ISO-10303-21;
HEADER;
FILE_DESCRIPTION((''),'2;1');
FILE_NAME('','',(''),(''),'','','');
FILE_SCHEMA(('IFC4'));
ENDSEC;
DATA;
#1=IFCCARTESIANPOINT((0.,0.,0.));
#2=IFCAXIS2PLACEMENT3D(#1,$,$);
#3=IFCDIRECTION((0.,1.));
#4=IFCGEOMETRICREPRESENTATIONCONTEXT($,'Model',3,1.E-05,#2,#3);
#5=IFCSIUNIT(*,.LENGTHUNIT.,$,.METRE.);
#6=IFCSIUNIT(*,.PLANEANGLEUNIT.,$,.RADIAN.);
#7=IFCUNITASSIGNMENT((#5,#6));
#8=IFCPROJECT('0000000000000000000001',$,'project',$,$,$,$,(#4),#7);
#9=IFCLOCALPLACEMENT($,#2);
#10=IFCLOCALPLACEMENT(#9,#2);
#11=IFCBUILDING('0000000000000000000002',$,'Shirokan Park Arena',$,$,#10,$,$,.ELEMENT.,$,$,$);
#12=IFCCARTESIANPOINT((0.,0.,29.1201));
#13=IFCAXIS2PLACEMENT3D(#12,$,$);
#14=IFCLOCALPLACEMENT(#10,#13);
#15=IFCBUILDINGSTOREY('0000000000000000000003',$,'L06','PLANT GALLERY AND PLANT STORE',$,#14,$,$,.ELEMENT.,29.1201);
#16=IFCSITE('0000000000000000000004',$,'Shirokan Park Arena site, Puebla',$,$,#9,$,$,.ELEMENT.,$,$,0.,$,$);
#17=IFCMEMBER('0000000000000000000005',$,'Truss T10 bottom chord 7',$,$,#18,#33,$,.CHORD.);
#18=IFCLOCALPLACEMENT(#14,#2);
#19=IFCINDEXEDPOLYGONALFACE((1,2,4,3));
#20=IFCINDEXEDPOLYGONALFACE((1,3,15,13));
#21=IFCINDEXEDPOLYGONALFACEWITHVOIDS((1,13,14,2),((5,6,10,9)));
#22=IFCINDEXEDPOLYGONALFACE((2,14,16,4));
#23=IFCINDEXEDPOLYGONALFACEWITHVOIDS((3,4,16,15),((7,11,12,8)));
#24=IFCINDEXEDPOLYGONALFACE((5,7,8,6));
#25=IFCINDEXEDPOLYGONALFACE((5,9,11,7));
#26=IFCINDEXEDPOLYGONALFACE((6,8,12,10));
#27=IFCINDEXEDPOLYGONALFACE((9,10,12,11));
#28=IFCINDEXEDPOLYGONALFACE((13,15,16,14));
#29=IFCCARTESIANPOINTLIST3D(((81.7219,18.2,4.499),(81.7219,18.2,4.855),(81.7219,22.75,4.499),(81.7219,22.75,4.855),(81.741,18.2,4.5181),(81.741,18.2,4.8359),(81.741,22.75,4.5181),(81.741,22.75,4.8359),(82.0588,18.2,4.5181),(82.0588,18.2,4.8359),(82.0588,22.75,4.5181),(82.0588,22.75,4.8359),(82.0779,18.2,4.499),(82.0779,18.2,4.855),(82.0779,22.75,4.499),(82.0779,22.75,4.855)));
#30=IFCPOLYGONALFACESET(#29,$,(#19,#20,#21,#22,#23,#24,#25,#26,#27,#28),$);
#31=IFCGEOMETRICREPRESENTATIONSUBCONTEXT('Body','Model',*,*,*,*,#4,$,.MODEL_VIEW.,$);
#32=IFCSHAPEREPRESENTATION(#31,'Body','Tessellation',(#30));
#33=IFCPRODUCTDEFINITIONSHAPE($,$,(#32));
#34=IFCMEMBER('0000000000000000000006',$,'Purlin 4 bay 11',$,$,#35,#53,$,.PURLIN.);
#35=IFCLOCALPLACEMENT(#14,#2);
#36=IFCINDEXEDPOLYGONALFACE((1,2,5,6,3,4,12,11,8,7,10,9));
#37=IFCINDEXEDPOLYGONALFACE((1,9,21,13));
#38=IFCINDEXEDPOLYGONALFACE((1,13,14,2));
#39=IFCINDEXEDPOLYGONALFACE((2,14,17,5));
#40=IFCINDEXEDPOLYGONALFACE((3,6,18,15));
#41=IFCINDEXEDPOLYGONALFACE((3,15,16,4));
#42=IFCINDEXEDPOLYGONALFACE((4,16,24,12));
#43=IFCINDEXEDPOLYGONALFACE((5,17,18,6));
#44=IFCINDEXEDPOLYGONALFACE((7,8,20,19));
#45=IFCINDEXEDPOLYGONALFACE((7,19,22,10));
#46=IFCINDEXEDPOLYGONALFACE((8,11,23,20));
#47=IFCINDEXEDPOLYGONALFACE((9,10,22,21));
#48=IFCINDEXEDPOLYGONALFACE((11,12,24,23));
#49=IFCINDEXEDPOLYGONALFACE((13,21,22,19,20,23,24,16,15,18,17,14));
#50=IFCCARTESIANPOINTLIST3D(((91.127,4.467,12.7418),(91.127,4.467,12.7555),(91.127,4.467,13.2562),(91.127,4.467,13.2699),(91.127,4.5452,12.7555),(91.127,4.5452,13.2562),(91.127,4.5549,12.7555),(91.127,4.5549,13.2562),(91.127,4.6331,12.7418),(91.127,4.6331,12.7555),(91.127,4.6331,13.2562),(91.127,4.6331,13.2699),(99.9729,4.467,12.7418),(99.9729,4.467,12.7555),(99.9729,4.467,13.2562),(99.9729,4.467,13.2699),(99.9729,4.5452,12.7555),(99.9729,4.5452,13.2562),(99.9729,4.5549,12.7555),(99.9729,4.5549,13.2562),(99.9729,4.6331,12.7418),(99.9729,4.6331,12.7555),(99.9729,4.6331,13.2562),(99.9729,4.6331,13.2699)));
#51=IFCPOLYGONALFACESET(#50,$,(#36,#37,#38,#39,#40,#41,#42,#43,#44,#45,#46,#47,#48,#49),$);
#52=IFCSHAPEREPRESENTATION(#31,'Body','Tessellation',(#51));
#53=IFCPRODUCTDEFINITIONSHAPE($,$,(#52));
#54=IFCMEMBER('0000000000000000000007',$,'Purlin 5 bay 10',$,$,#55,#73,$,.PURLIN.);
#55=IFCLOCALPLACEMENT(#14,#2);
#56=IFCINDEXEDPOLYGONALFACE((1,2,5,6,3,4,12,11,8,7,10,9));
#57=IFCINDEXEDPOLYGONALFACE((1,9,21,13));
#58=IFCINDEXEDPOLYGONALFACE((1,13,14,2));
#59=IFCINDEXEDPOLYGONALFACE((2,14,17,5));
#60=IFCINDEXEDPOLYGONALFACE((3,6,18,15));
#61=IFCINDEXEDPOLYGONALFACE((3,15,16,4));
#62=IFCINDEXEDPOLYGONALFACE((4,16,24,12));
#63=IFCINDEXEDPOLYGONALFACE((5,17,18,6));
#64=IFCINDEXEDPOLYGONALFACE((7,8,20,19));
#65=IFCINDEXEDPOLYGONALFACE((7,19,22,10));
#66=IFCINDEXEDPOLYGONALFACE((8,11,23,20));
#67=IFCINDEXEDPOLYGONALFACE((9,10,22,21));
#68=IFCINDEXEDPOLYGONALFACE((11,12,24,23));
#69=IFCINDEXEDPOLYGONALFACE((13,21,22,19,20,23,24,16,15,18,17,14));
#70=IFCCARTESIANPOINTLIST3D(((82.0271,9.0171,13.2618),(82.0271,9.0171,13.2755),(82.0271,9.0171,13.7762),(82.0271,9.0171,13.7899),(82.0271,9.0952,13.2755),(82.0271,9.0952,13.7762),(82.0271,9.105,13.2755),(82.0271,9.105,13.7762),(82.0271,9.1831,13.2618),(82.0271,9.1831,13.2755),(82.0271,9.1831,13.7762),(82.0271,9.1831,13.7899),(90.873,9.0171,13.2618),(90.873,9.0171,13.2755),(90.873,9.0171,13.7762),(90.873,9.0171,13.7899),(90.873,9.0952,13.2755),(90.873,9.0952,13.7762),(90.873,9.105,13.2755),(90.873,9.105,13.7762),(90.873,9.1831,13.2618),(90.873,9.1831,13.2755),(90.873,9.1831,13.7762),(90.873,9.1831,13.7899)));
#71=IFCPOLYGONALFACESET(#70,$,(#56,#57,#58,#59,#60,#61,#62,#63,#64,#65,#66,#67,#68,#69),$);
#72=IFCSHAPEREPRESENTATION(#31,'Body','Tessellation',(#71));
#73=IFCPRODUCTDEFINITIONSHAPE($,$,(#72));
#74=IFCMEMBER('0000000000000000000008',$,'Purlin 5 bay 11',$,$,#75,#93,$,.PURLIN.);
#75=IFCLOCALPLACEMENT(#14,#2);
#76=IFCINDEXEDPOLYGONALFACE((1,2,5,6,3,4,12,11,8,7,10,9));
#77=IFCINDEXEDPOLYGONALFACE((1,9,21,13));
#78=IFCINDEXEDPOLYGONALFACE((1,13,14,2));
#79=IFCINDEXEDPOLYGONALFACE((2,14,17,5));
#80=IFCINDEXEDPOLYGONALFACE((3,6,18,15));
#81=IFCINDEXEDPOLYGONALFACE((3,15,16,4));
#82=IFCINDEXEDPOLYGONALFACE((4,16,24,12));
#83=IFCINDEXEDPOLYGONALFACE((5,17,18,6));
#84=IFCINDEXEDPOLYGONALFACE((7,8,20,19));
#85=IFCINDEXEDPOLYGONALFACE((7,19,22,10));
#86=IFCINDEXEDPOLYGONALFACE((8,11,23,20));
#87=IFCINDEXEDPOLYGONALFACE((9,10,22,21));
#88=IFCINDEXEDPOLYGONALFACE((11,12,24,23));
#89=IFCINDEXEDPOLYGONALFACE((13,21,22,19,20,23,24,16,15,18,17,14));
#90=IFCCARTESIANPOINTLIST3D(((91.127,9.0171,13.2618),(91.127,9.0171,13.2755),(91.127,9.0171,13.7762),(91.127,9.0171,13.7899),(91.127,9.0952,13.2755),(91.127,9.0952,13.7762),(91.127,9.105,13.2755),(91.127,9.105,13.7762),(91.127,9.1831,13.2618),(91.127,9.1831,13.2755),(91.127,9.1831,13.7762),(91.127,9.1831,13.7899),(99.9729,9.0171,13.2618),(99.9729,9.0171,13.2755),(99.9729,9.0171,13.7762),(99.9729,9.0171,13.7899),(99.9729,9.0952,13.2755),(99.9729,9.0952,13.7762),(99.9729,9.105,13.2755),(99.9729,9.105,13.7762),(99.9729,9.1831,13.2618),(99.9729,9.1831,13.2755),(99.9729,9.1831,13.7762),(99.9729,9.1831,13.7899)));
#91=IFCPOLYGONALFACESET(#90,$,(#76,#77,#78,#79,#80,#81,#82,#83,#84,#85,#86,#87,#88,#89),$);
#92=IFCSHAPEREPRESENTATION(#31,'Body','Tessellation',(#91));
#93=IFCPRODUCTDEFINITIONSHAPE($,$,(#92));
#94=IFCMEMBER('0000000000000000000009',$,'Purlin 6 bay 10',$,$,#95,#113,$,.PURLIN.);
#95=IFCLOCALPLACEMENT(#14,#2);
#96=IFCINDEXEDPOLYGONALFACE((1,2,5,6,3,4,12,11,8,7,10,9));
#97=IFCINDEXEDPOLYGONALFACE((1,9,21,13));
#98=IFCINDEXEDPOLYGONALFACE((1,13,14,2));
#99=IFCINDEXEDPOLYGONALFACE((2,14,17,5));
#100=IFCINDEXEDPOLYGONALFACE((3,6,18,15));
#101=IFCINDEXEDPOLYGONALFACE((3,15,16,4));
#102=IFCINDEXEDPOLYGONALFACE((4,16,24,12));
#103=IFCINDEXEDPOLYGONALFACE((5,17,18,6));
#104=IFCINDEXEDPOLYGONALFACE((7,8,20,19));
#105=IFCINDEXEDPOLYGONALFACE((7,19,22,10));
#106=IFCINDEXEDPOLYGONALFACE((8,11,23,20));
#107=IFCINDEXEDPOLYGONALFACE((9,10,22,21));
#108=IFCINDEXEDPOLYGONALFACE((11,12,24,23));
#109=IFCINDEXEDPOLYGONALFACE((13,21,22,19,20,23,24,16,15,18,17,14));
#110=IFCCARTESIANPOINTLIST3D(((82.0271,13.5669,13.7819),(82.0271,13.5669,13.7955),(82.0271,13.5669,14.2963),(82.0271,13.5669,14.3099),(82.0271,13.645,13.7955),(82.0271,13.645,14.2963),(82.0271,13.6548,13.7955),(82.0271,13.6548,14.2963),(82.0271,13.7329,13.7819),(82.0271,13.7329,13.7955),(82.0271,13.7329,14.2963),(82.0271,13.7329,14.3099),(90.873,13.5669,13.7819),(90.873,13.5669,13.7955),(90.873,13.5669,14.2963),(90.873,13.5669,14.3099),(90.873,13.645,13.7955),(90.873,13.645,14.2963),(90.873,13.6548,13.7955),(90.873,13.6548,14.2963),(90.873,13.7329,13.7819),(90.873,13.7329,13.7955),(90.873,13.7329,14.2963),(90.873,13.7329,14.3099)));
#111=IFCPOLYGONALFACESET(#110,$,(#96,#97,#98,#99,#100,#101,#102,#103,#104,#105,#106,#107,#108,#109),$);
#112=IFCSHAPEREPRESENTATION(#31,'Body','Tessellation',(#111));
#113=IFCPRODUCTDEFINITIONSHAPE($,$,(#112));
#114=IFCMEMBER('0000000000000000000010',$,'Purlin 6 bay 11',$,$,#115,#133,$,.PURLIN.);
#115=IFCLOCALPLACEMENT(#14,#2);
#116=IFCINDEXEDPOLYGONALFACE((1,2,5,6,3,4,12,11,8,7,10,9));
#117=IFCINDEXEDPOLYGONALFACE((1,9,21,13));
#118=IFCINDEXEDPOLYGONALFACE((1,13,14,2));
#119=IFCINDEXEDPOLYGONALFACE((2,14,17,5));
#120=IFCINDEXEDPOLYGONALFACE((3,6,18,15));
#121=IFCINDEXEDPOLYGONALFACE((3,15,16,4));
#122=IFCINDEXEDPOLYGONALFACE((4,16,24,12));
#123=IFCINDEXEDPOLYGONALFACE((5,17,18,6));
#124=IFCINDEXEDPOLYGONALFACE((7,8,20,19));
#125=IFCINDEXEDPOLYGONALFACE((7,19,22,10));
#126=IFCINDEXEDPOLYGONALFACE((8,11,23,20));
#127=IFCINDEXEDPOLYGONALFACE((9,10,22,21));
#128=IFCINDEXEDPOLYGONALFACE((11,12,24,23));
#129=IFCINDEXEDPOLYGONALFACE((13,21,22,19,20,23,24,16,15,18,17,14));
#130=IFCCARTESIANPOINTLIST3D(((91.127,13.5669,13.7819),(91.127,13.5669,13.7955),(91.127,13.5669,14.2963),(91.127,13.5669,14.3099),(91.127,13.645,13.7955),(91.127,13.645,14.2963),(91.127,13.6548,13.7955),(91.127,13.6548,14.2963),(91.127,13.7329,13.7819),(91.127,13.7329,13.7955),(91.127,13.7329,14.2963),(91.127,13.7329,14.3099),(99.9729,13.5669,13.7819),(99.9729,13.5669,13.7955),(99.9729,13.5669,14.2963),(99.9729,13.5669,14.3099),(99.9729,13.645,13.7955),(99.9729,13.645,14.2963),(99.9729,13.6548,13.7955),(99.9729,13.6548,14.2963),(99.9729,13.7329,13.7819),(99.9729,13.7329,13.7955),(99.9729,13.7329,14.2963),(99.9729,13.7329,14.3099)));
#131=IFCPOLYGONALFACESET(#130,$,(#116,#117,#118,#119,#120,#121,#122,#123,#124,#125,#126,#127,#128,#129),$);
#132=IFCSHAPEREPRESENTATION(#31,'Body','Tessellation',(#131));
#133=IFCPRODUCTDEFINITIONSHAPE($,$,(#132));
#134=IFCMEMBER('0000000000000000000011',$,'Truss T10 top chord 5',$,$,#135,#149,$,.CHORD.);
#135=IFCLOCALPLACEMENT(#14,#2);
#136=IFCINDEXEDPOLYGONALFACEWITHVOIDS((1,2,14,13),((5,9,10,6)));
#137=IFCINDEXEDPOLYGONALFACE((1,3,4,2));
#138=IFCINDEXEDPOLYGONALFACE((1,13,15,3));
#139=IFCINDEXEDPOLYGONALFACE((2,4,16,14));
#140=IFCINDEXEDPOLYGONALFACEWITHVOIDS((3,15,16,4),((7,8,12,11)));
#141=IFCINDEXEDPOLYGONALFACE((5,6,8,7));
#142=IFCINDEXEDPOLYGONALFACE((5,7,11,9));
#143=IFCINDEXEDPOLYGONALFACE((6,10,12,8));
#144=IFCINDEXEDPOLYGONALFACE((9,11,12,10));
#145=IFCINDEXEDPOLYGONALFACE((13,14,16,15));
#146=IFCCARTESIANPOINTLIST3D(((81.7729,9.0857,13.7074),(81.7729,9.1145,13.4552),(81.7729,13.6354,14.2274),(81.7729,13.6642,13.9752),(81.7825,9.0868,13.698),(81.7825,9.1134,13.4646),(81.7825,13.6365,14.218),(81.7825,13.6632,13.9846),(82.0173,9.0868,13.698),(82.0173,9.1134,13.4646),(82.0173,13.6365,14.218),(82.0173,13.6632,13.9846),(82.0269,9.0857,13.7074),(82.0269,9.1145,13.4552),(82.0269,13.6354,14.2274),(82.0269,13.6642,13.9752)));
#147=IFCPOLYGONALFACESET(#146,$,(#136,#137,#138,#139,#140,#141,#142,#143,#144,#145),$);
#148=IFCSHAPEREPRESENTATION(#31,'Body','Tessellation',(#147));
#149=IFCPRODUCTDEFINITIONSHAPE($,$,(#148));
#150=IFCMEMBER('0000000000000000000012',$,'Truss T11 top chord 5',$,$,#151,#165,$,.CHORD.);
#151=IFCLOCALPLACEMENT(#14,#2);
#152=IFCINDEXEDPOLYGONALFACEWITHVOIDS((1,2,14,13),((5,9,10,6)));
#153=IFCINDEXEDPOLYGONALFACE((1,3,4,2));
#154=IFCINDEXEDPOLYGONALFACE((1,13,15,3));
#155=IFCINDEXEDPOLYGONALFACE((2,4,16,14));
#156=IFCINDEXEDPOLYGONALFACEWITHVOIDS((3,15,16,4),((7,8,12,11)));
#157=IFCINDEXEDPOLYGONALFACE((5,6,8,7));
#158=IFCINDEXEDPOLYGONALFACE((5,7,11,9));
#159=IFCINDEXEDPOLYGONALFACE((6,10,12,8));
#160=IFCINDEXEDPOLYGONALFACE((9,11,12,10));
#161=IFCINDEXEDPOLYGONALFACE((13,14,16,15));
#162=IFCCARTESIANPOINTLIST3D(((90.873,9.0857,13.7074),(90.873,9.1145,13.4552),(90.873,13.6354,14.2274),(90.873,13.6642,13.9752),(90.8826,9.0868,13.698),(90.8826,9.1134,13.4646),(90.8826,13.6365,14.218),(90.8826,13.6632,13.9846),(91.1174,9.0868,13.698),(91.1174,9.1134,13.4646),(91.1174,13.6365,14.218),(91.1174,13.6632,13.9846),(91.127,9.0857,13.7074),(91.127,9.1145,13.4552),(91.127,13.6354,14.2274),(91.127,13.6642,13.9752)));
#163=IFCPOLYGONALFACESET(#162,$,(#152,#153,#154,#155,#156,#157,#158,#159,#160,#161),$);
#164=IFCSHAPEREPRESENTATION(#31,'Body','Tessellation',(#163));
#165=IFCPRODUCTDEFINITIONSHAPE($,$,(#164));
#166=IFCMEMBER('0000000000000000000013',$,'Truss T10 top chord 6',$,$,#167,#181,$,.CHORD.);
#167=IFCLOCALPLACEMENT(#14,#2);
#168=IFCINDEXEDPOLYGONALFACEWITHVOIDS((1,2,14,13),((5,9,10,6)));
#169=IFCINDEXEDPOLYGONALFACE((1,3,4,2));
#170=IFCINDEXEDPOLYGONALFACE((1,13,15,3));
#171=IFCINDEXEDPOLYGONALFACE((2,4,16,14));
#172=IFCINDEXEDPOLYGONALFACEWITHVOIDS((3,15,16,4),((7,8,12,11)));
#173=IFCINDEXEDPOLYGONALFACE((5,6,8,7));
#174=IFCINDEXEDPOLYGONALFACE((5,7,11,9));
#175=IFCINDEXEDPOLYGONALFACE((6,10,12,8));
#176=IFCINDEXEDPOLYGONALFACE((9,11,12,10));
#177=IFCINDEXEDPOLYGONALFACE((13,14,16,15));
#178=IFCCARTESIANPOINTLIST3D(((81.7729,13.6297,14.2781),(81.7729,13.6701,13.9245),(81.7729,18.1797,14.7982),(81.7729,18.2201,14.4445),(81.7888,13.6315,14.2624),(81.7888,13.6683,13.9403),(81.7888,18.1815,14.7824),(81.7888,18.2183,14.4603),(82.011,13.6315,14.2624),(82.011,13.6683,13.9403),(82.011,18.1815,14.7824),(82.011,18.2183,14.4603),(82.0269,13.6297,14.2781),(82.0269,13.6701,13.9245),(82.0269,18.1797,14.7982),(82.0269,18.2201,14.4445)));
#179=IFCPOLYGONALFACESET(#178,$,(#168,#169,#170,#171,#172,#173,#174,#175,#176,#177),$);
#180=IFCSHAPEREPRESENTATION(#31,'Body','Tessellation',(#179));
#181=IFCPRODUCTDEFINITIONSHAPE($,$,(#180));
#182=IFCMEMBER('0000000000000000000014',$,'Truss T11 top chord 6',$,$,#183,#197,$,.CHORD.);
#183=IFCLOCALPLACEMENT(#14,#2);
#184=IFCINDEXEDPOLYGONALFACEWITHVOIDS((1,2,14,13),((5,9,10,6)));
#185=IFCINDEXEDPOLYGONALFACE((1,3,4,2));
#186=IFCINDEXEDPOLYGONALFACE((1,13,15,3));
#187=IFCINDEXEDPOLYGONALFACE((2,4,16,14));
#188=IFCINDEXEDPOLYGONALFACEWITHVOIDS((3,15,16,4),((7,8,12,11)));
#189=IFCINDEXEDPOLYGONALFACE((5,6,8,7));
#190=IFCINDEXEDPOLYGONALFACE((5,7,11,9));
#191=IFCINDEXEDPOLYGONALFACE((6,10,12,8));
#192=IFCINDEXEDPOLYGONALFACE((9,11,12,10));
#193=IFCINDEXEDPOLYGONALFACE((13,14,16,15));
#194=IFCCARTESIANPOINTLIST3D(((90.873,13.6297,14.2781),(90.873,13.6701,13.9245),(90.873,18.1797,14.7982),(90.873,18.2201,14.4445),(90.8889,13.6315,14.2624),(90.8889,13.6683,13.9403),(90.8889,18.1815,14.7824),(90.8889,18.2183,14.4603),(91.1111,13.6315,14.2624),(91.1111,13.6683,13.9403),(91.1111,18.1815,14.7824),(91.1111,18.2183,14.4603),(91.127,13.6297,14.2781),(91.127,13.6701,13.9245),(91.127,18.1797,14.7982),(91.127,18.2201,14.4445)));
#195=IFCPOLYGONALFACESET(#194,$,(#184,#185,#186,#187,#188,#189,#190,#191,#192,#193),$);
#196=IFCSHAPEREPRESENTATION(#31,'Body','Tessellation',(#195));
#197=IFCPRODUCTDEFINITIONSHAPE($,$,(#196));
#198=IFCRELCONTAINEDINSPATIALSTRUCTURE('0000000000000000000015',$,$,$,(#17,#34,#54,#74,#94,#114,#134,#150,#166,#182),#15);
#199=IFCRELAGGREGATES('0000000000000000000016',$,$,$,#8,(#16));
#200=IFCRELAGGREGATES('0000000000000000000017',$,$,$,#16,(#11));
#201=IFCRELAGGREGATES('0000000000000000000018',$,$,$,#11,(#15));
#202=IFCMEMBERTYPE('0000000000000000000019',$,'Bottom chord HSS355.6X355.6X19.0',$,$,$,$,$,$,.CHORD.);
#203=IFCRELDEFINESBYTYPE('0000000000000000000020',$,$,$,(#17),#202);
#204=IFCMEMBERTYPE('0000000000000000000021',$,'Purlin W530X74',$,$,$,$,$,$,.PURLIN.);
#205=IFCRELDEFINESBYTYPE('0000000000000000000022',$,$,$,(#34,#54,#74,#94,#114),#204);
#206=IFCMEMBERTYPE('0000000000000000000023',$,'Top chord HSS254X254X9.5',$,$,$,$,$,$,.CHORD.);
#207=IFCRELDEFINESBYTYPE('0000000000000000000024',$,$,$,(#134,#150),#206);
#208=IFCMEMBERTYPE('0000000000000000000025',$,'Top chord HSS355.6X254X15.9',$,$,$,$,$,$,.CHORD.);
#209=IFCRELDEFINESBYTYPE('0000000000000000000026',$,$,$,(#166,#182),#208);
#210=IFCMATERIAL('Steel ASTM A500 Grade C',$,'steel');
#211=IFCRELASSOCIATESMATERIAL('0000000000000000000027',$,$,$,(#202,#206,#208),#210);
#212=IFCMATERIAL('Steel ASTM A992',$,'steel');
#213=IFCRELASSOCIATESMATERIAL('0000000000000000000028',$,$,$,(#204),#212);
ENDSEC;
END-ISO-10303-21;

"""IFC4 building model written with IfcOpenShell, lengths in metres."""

from ifc_helpers import new_model, si_unit, direction, frame, origin, origin_2d, place, context, subcontext, project, spatial, hollow_rectangle, i_section, extrude, material, material_profile, profile_set, type_object, element, save


model = new_model("IFC4")

# Units and contexts
model_context = context("Model", 3, precision=1e-05, world=origin(), true_north=direction((0.0, 1.0)))
body_context = subcontext(model_context, "Body", "Model", "MODEL_VIEW")
ifc_project = project(units=[si_unit("LENGTHUNIT", "METRE"), si_unit("PLANEANGLEUNIT", "RADIAN")], contexts=[model_context])

# Site, building, storey
site_placement = place(None, origin())
site = spatial("IfcSite", under=ifc_project, at=site_placement, Name="Shirokan Park Arena site, Puebla", CompositionType="ELEMENT", RefElevation=0.0)
building_placement = place(site_placement, origin())
building = spatial("IfcBuilding", under=site, at=building_placement, Name="Shirokan Park Arena", CompositionType="ELEMENT")
storey_placement = place(building_placement, frame((0.0, 0.0, 29.1201)))
storey = spatial("IfcBuildingStorey", under=building, at=storey_placement, Name="L06", Description="PLANT GALLERY AND PLANT STORE", CompositionType="ELEMENT", Elevation=29.1201)

# Members
ifc_material_1 = material(Name="Steel ASTM A500 Grade C", Category="steel")
ifc_material_profile_1 = material_profile(ifc_material_1, hollow_rectangle(XDim=0.356, YDim=0.356, WallThickness=0.019, at=origin_2d()), Name="HSS355.6X355.6X19.0")
ifc_profile_set_1 = profile_set([ifc_material_profile_1], Name="Steel ASTM A500 Grade C")
member_type_1 = type_object("IfcMemberType", Name="Bottom chord HSS355.6X355.6X19.0", PredefinedType="CHORD", material=ifc_profile_set_1)
member_1_placement = place(storey_placement, frame((81.8999, 18.2, 4.677), z_axis=(0.0, 1.0, 0.0), x_axis=(-1.0, 0.0, 0.0)))
element("IfcMember", 1, at=member_1_placement, inside=storey, type_object=member_type_1, Name="Truss T10 bottom chord 7", PredefinedType="CHORD", context=body_context, shape_type="SweptSolid", body=[
    extrude(hollow_rectangle(XDim=0.356, YDim=0.356, WallThickness=0.019, at=origin_2d()), origin(), (0.0, 0.0, 1.0), 4.55),
])
ifc_material_2 = material(Name="Steel ASTM A992", Category="steel")
ifc_material_profile_2 = material_profile(ifc_material_2, i_section(OverallWidth=0.166, OverallDepth=0.5281, WebThickness=0.0098, FlangeThickness=0.0137, at=origin_2d()), Name="W530X74")
ifc_profile_set_2 = profile_set([ifc_material_profile_2], Name="Steel ASTM A992")
member_type_2 = type_object("IfcMemberType", Name="Purlin W530X74", PredefinedType="PURLIN", material=ifc_profile_set_2)
for number, where, z_axis, x_axis, name in (
    (2, (91.127, 4.55, 13.0059), (1.0, 0.0, 0.0), (0.0, 1.0, 0.0), "Purlin 4 bay 11"),
    (3, (82.0271, 9.1001, 13.5259), (1.0, 0.0, 0.0), (0.0, 1.0, 0.0), "Purlin 5 bay 10"),
    (4, (91.127, 9.1001, 13.5259), (1.0, 0.0, 0.0), (0.0, 1.0, 0.0), "Purlin 5 bay 11"),
    (5, (82.0271, 13.6499, 14.0459), (1.0, 0.0, 0.0), (0.0, 1.0, 0.0), "Purlin 6 bay 10"),
    (6, (91.127, 13.6499, 14.0459), (1.0, 0.0, 0.0), (0.0, 1.0, 0.0), "Purlin 6 bay 11"),
):
    element("IfcMember", number, at=place(storey_placement, frame(where, z_axis=z_axis, x_axis=x_axis)), inside=storey, type_object=member_type_2, Name=name, PredefinedType="PURLIN", context=body_context, shape_type="SweptSolid", body=[
        extrude(i_section(OverallWidth=0.166, OverallDepth=0.5281, WebThickness=0.0098, FlangeThickness=0.0137, at=origin_2d()), origin(), (0.0, 0.0, 1.0), 8.8459),
    ])
ifc_material_profile_3 = material_profile(ifc_material_1, hollow_rectangle(XDim=0.2539, YDim=0.2539, WallThickness=0.0095, at=origin_2d()), Name="HSS254X254X9.5")
ifc_profile_set_3 = profile_set([ifc_material_profile_3], Name="Steel ASTM A500 Grade C")
member_type_3 = type_object("IfcMemberType", Name="Top chord HSS254X254X9.5", PredefinedType="CHORD", material=ifc_profile_set_3)
for number, where, z_axis, x_axis, name in (
    (7, (81.8999, 9.1001, 13.5813), (0.0, 0.993532, 0.113556), (-1.0, 0.0, 0.0), "Truss T10 top chord 5"),
    (8, (91.0, 9.1001, 13.5813), (0.0, 0.993532, 0.113556), (-1.0, 0.0, 0.0), "Truss T11 top chord 5"),
):
    element("IfcMember", number, at=place(storey_placement, frame(where, z_axis=z_axis, x_axis=x_axis)), inside=storey, type_object=member_type_3, Name=name, PredefinedType="CHORD", context=body_context, shape_type="SweptSolid", body=[
        extrude(hollow_rectangle(XDim=0.2539, YDim=0.2539, WallThickness=0.0095, at=origin_2d()), origin(), (0.0, 0.0, 1.0), 4.5793),
    ])
ifc_material_profile_4 = material_profile(ifc_material_1, hollow_rectangle(XDim=0.2539, YDim=0.356, WallThickness=0.0159, at=origin_2d()), Name="HSS355.6X254X15.9")
ifc_profile_set_4 = profile_set([ifc_material_profile_4], Name="Steel ASTM A500 Grade C")
member_type_4 = type_object("IfcMemberType", Name="Top chord HSS355.6X254X15.9", PredefinedType="CHORD", material=ifc_profile_set_4)
for number, where, z_axis, x_axis, name in (
    (9, (81.8999, 13.6499, 14.1013), (0.0, 0.993532, 0.11355), (-1.0, 0.0, 0.0), "Truss T10 top chord 6"),
    (10, (91.0, 13.6499, 14.1013), (0.0, 0.993532, 0.11355), (-1.0, 0.0, 0.0), "Truss T11 top chord 6"),
):
    element("IfcMember", number, at=place(storey_placement, frame(where, z_axis=z_axis, x_axis=x_axis)), inside=storey, type_object=member_type_4, Name=name, PredefinedType="CHORD", context=body_context, shape_type="SweptSolid", body=[
        extrude(hollow_rectangle(XDim=0.2539, YDim=0.356, WallThickness=0.0159, at=origin_2d()), origin(), (0.0, 0.0, 1.0), 4.5796),
    ])

save(model, "model.ifc")
